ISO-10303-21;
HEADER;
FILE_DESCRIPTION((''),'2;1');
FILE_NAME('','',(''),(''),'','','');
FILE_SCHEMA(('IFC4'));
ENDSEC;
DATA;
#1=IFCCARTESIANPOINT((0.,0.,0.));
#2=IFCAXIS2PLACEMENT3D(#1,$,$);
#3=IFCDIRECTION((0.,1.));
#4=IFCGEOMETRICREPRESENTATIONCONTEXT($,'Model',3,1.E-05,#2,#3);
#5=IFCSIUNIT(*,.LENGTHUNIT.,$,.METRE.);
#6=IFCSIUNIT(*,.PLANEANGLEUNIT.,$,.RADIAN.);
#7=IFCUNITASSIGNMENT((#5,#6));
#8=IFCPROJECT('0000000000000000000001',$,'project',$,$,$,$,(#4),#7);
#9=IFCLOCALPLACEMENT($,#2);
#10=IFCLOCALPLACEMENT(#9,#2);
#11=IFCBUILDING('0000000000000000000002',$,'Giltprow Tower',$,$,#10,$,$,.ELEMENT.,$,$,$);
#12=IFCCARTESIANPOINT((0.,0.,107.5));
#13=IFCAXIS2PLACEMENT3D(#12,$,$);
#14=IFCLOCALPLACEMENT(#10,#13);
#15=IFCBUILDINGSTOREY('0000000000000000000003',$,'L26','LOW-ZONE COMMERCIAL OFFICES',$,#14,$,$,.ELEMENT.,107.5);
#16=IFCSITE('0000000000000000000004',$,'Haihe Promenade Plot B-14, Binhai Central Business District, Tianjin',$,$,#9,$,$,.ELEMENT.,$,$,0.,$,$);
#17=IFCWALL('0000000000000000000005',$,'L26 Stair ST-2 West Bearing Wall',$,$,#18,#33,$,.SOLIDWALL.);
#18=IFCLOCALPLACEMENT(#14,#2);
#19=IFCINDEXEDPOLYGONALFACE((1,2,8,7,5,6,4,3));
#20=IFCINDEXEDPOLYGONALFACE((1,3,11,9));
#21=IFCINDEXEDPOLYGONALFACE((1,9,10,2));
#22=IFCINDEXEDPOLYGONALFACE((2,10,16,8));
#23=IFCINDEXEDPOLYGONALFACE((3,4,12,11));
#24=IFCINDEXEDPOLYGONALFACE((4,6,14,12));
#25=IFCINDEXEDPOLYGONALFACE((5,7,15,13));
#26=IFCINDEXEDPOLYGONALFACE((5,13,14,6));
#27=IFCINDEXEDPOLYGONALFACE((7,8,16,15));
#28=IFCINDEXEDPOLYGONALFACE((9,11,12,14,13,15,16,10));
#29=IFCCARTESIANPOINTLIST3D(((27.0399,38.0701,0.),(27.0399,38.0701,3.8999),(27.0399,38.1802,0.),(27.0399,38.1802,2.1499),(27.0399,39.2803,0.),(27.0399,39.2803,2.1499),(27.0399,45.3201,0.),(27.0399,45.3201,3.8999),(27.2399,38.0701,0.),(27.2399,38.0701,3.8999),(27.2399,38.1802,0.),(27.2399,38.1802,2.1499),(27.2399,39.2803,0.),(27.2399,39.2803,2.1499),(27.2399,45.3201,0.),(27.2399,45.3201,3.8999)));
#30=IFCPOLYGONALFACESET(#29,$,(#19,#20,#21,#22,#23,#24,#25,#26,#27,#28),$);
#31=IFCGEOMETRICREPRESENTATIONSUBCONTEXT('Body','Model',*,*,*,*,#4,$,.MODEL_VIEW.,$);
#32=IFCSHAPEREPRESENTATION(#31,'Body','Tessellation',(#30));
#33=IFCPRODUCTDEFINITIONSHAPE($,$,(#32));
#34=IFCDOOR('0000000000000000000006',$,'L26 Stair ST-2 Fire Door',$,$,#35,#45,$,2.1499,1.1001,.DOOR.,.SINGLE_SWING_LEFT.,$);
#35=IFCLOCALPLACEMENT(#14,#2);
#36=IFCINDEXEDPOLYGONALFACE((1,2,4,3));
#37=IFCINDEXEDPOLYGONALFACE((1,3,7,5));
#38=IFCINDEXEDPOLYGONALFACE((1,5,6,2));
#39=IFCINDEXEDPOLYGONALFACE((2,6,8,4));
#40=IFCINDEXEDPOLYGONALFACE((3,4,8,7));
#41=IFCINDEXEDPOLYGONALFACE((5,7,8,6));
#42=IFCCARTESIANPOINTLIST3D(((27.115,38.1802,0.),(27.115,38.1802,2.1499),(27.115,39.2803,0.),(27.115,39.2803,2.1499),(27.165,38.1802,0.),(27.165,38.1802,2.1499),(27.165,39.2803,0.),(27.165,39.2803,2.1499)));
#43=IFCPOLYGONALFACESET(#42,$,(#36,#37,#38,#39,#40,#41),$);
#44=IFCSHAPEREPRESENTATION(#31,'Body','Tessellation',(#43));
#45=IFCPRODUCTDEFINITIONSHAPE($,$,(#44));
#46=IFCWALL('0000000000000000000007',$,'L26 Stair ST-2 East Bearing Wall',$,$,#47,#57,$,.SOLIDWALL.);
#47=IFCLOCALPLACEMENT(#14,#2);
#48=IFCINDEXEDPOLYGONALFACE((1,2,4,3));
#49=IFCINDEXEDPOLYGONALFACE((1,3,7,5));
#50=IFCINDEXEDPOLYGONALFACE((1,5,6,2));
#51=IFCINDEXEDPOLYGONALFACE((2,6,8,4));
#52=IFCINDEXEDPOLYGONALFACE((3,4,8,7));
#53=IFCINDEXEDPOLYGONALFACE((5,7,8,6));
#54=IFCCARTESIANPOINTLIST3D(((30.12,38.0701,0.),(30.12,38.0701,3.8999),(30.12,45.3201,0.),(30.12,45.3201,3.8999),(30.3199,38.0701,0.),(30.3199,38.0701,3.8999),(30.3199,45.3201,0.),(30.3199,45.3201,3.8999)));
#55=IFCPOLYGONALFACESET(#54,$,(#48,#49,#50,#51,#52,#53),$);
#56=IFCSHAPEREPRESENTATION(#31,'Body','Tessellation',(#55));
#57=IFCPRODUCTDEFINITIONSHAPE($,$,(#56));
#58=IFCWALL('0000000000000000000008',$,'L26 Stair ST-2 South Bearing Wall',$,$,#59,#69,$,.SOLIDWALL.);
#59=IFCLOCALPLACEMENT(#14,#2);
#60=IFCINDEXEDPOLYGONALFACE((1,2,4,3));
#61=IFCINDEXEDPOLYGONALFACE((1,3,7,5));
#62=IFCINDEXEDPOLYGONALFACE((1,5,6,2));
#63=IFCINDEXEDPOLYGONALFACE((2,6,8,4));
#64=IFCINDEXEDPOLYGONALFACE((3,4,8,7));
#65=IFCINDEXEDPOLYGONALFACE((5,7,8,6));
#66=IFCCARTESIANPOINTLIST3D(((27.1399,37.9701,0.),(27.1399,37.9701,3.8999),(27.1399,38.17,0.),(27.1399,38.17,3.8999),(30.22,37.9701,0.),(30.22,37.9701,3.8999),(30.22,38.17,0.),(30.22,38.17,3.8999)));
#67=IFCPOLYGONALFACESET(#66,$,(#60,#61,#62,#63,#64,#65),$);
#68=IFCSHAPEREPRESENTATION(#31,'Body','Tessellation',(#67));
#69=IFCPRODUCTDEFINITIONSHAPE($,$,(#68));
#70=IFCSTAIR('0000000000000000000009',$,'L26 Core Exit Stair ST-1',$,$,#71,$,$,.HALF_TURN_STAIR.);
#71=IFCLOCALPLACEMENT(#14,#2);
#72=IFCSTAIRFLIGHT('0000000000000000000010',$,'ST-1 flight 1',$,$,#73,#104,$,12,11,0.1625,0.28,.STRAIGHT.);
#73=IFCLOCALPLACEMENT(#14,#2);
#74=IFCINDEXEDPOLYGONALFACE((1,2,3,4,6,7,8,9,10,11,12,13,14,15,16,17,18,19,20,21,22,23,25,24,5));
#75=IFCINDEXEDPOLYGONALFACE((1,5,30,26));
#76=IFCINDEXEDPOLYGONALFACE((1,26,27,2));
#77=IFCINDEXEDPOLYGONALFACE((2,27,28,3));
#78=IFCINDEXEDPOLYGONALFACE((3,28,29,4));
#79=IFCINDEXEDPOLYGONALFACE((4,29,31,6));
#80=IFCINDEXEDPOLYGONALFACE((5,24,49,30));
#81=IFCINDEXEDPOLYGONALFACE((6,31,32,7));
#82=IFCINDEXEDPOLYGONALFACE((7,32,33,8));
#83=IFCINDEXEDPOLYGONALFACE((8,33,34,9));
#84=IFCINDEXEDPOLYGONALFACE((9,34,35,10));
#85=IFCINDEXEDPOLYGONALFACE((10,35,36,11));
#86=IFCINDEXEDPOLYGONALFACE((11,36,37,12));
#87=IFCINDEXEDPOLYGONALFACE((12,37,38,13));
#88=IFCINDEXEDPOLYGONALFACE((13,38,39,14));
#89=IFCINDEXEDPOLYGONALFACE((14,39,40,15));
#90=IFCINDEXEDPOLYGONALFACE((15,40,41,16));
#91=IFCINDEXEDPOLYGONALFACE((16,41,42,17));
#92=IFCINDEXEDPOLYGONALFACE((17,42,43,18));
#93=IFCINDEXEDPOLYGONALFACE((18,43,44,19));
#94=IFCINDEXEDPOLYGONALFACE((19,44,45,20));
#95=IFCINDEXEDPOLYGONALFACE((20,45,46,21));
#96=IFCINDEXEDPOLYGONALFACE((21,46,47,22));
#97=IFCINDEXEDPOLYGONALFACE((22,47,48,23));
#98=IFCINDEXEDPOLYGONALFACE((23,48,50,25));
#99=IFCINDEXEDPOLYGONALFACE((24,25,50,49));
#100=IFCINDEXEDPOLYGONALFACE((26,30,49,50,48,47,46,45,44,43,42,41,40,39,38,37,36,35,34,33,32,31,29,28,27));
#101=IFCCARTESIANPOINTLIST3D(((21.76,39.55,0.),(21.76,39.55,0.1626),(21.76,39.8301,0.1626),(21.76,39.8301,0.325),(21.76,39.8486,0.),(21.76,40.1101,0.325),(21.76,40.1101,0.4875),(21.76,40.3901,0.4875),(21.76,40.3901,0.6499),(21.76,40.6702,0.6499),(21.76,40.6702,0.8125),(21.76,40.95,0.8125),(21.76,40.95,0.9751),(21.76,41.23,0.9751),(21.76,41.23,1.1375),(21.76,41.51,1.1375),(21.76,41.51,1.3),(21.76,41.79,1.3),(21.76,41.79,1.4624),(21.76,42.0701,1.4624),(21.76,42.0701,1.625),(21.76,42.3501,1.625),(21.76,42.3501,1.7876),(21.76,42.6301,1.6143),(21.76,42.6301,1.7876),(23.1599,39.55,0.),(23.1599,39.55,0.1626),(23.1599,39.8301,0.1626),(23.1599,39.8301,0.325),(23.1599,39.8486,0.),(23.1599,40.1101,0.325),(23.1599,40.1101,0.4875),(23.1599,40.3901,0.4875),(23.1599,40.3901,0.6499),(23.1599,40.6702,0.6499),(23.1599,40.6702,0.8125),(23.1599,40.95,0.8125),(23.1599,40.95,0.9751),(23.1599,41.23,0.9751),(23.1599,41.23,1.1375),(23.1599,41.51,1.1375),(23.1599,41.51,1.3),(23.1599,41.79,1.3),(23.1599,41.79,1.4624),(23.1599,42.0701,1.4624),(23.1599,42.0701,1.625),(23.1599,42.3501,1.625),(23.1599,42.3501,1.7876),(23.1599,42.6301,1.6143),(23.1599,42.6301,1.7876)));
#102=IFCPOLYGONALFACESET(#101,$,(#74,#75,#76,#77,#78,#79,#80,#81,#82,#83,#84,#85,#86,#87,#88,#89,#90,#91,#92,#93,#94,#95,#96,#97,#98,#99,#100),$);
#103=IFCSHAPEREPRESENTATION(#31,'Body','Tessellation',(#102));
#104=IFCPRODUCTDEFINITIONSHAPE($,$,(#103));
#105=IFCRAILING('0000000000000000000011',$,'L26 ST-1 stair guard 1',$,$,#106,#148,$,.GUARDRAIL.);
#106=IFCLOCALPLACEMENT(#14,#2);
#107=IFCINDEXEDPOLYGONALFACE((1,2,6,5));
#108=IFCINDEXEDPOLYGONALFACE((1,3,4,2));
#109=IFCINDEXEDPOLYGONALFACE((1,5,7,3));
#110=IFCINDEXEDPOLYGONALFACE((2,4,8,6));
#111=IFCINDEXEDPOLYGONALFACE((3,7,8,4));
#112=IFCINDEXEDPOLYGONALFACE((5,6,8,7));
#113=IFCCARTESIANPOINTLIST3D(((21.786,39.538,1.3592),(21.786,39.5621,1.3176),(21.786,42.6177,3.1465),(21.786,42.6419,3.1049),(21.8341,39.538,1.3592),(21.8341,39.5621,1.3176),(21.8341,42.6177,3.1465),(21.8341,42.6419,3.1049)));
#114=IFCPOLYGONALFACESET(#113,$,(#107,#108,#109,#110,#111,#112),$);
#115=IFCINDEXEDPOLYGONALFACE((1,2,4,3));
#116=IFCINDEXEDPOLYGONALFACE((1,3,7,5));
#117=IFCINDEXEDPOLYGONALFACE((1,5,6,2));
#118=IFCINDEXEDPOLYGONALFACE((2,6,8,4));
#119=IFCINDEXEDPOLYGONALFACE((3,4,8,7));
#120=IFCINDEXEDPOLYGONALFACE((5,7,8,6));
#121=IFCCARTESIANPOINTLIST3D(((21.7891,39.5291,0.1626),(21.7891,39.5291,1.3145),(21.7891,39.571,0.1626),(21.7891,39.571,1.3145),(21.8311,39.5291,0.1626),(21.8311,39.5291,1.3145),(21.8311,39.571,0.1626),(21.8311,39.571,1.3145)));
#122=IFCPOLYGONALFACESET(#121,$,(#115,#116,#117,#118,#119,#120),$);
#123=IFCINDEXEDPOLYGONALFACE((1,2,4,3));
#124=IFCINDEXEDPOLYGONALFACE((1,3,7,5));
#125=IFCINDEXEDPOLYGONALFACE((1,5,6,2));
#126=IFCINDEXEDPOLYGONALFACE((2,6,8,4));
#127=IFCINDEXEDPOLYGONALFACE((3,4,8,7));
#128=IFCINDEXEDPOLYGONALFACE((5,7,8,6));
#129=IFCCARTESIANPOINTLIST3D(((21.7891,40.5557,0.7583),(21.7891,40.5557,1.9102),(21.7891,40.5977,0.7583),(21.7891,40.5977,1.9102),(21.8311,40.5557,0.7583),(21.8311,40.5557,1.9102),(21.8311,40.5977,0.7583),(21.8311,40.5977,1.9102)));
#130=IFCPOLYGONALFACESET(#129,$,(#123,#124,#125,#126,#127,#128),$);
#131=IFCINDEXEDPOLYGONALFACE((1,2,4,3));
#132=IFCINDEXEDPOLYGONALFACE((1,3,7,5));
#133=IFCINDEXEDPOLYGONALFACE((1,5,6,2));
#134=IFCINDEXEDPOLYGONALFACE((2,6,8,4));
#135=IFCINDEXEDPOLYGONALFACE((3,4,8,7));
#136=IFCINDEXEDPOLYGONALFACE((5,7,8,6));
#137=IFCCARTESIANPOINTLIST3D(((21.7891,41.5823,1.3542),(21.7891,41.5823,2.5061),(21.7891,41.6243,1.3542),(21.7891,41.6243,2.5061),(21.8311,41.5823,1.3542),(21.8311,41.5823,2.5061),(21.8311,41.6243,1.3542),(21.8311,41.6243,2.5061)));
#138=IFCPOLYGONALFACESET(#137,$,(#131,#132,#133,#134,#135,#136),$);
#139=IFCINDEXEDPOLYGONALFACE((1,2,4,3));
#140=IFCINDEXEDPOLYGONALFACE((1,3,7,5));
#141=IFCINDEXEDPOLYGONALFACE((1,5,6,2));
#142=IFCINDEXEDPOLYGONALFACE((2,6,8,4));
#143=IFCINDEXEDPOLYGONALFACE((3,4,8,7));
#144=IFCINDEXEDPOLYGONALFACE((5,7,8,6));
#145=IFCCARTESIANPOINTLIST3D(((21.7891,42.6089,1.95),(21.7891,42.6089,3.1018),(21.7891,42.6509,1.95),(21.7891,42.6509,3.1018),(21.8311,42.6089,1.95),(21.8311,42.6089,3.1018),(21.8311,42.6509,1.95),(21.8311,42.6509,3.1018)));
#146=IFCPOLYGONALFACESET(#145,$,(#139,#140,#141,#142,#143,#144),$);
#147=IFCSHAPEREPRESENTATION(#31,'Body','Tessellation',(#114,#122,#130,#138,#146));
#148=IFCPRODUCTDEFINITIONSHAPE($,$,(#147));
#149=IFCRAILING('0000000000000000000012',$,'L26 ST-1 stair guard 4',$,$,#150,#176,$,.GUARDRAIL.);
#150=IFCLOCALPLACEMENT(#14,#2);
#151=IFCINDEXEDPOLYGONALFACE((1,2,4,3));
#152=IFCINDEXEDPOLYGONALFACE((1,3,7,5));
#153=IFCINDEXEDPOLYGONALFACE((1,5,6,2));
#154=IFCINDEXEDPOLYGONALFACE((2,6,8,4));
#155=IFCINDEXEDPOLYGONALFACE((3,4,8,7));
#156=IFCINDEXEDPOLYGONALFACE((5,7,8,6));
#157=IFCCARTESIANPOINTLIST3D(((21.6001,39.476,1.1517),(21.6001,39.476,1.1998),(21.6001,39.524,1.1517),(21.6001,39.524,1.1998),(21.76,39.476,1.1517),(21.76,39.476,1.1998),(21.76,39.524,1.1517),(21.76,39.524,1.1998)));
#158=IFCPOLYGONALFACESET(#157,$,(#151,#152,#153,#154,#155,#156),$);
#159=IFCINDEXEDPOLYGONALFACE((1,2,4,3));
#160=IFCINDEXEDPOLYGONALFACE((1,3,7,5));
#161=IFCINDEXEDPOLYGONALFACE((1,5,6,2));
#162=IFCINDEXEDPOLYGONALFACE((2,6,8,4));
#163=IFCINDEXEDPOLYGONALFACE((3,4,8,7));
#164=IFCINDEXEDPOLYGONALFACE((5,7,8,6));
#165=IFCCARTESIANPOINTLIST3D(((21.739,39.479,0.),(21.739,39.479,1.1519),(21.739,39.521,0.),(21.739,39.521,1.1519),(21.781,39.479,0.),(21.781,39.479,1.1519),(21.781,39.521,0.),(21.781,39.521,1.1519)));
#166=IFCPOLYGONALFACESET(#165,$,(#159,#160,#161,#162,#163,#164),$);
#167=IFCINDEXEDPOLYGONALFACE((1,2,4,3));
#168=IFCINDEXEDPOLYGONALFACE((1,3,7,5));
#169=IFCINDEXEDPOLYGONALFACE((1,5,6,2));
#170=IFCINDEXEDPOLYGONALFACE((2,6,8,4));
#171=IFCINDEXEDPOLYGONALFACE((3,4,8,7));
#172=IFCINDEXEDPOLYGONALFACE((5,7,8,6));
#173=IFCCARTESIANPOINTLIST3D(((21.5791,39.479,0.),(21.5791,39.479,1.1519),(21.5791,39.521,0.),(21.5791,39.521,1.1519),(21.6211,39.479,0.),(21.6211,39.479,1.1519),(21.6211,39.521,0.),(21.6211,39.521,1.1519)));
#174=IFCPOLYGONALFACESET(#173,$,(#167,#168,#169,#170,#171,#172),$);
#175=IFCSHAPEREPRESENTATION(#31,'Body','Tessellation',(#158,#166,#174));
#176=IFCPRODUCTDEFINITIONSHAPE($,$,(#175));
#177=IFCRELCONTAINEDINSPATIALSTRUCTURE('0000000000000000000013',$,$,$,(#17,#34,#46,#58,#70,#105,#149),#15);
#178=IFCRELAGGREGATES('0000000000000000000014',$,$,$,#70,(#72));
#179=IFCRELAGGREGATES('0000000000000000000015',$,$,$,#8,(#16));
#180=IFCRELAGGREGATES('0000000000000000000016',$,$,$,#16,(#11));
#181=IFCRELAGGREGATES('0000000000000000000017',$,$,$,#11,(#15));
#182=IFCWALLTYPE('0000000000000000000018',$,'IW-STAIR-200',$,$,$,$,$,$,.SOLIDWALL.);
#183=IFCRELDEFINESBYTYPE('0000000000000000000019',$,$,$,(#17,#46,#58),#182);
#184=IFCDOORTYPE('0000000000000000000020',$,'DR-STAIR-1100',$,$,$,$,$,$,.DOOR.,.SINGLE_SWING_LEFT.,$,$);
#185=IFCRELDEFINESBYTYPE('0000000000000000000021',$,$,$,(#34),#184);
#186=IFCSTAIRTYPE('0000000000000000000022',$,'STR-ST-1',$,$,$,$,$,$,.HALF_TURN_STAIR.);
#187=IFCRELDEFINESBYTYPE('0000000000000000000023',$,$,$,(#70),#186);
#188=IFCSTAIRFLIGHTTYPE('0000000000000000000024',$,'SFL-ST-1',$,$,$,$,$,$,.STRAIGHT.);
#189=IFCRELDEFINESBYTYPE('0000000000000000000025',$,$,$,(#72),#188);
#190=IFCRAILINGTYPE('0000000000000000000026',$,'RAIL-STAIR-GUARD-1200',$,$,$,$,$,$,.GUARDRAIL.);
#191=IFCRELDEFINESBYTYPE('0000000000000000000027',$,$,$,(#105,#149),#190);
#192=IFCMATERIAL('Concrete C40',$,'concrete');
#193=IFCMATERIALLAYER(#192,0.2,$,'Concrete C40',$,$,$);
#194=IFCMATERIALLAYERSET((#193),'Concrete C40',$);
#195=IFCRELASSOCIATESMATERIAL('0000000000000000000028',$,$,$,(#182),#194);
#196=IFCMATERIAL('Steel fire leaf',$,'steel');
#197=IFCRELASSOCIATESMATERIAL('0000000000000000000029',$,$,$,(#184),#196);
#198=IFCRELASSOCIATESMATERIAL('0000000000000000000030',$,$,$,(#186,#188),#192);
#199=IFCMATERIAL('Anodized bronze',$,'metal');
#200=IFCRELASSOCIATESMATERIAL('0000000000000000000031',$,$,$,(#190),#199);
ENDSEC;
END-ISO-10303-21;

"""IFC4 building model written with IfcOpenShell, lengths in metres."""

from ifc_helpers import new_model, si_unit, direction, frame, frame_2d, origin, origin_2d, place, context, subcontext, project, spatial, polyline, rectangle, outline, extrude, source, transform, mapped, material, layer, layer_set, type_object, element, fill, aggregate, save


model = new_model("IFC4")

# Units and contexts
model_context = context("Model", 3, precision=1e-05, world=origin(), true_north=direction((0.0, 1.0)))
body_context = subcontext(model_context, "Body", "Model", "MODEL_VIEW")
ifc_project = project(units=[si_unit("LENGTHUNIT", "METRE"), si_unit("PLANEANGLEUNIT", "RADIAN")], contexts=[model_context])

# Site, building, storey
site_placement = place(None, origin())
site = spatial("IfcSite", under=ifc_project, at=site_placement, Name="Haihe Promenade Plot B-14, Binhai Central Business District, Tianjin", CompositionType="ELEMENT", RefElevation=0.0)
building_placement = place(site_placement, origin())
building = spatial("IfcBuilding", under=site, at=building_placement, Name="Giltprow Tower", CompositionType="ELEMENT")
storey_placement = place(building_placement, frame((0.0, 0.0, 107.5)))
storey = spatial("IfcBuildingStorey", under=building, at=storey_placement, Name="L26", Description="LOW-ZONE COMMERCIAL OFFICES", CompositionType="ELEMENT", Elevation=107.5)

# Wall, opening, door
ifc_material_1 = material(Name="Concrete C40", Category="concrete")
ifc_layer_1 = layer(ifc_material_1, 0.2, Name="Concrete C40")
ifc_layer_set_1 = layer_set([ifc_layer_1], Name="Concrete C40")
wall_type_1 = type_object("IfcWallType", Name="IW-STAIR-200", PredefinedType="SOLIDWALL", material=ifc_layer_set_1)
ifc_material_2 = material(Name="Steel fire leaf", Category="steel")
door_type_1 = type_object("IfcDoorType", Name="DR-STAIR-1100", OperationType="SINGLE_SWING_LEFT", PredefinedType="DOOR", material=ifc_material_2)
shared_shape_1 = source(origin(), body_context, "Body", "SweptSolid", [
    extrude(rectangle(XDim=1.1001, YDim=2.1499, at=frame_2d((0.55, 1.075))), frame((0.0, 0.0249, 0.0), z_axis=(0.0, -1.0, 0.0), x_axis=(1.0, 0.0, 0.0)), (0.0, 0.0, 1.0), 0.05),
])
wall_1_placement = place(storey_placement, frame((27.1399, 38.0701, 0.0), z_axis=(0.0, 0.0, 1.0), x_axis=(0.0, 1.0, 0.0)))
wall_1 = element("IfcWall", 1, at=wall_1_placement, inside=storey, type_object=wall_type_1, Name="L26 Stair ST-2 West Bearing Wall", PredefinedType="SOLIDWALL", context=body_context, shape_type="SweptSolid", body=[
    extrude(rectangle(XDim=7.25, YDim=0.2, at=frame_2d((3.625, 0.0))), origin(), (0.0, 0.0, 1.0), 3.8999),
])
opening_1_placement = place(wall_1_placement, frame((0.1101, 0.0, 0.0)))
opening_1 = element("IfcOpeningElement", 2, at=opening_1_placement, cuts=wall_1, PredefinedType="OPENING", context=body_context, shape_type="SweptSolid", body=[
    extrude(rectangle(XDim=1.1001, YDim=2.1499, at=frame_2d((0.55, 1.075))), frame((0.0, 0.1099, 0.0), z_axis=(0.0, -1.0, 0.0), x_axis=(1.0, 0.0, 0.0)), (0.0, 0.0, 1.0), 0.22),
])
door_1_placement = place(opening_1_placement, origin())
door_1 = element("IfcDoor", 3, at=door_1_placement, inside=storey, type_object=door_type_1, Name="L26 Stair ST-2 Fire Door", OperationType="SINGLE_SWING_LEFT", OverallHeight=2.1499, OverallWidth=1.1001, PredefinedType="DOOR", context=body_context, shape_type="MappedRepresentation", body=[
    mapped(shared_shape_1, transform((0.0, 0.0, 0.0), x_axis=(1.0, 0.0, 0.0), y_axis=(0.0, 1.0, 0.0), z_axis=(0.0, 0.0, 1.0), scale=1.0)),
])
fill(opening_1, door_1)

# Walls
wall_2_placement = place(storey_placement, frame((30.22, 38.0701, 0.0), z_axis=(0.0, 0.0, 1.0), x_axis=(0.0, 1.0, 0.0)))
element("IfcWall", 4, at=wall_2_placement, inside=storey, type_object=wall_type_1, Name="L26 Stair ST-2 East Bearing Wall", PredefinedType="SOLIDWALL", context=body_context, shape_type="SweptSolid", body=[
    extrude(rectangle(XDim=7.25, YDim=0.2, at=frame_2d((3.625, 0.0))), origin(), (0.0, 0.0, 1.0), 3.8999),
])
wall_3_placement = place(storey_placement, frame((27.1399, 38.0701, 0.0), z_axis=(0.0, 0.0, 1.0), x_axis=(1.0, 0.0, 0.0)))
element("IfcWall", 5, at=wall_3_placement, inside=storey, type_object=wall_type_1, Name="L26 Stair ST-2 South Bearing Wall", PredefinedType="SOLIDWALL", context=body_context, shape_type="SweptSolid", body=[
    extrude(rectangle(XDim=3.0801, YDim=0.2, at=frame_2d((1.54, 0.0))), origin(), (0.0, 0.0, 1.0), 3.8999),
])

# Stair, stair flight
stair_type = type_object("IfcStairType", Name="STR-ST-1", PredefinedType="HALF_TURN_STAIR", material=ifc_material_1)
stair_placement = place(storey_placement, origin())
stair = element("IfcStair", 6, at=stair_placement, inside=storey, type_object=stair_type, Name="L26 Core Exit Stair ST-1", PredefinedType="HALF_TURN_STAIR")
stair_flight_type = type_object("IfcStairFlightType", Name="SFL-ST-1", PredefinedType="STRAIGHT", material=ifc_material_1)
stair_flight_placement = place(storey_placement, frame((22.46, 39.55, 0.0), z_axis=(0.0, 0.0, 1.0), x_axis=(0.0, 1.0, 0.0)))
stair_flight = element("IfcStairFlight", 7, at=stair_flight_placement, type_object=stair_flight_type, Name="ST-1 flight 1", NumberOfRisers=12, NumberOfTreads=11, PredefinedType="STRAIGHT", RiserHeight=0.1625, TreadLength=0.28, context=body_context, shape_type="SweptSolid", body=[
    extrude(outline(polyline([(0.0, 0.0), (0.0, 0.1626), (0.28, 0.1626), (0.28, 0.325), (0.5601, 0.325), (0.5601, 0.4875), (0.8401, 0.4875), (0.8401, 0.6499), (1.1201, 0.6499), (1.1201, 0.8125), (1.3999, 0.8125), (1.3999, 0.9751), (1.6799, 0.9751), (1.6799, 1.1375), (1.96, 1.1375), (1.96, 1.3), (2.24, 1.3), (2.24, 1.4624), (2.52, 1.4624), (2.52, 1.625), (2.8, 1.625), (2.8, 1.7876), (3.0801, 1.7876), (3.0801, 1.95), (3.0801, 1.6143), (0.2986, 0.0), (0.0, 0.0)])), frame((0.0, 0.7, 0.0), z_axis=(0.0, -1.0, 0.0), x_axis=(1.0, 0.0, 0.0)), (0.0, 0.0, 1.0), 1.3999),
])
aggregate(stair, [stair_flight])

# Railings
ifc_material_3 = material(Name="Anodized bronze", Category="metal")
railing_type_1 = type_object("IfcRailingType", Name="RAIL-STAIR-GUARD-1200", PredefinedType="GUARDRAIL", material=ifc_material_3)
railing_1_placement = place(storey_placement, frame((21.8101, 39.55, 0.1626)))
element("IfcRailing", 8, at=railing_1_placement, inside=storey, type_object=railing_type_1, Name="L26 ST-1 stair guard 1", PredefinedType="GUARDRAIL", context=body_context, shape_type="SweptSolid", body=[
    extrude(rectangle(XDim=0.0481, YDim=0.0481, at=origin_2d()), frame((0.0, 0.0, 1.1758), z_axis=(0.0, 0.864903, 0.501939), x_axis=(-1.0, 0.0, 0.0)), (0.0, 0.0, 1.0), 3.5608),
    extrude(rectangle(XDim=0.042, YDim=0.042, at=origin_2d()), origin(), (0.0, 0.0, 1.0), 1.1519),
    extrude(rectangle(XDim=0.042, YDim=0.042, at=origin_2d()), frame((0.0, 1.0266, 0.5957)), (0.0, 0.0, 1.0), 1.1519),
    extrude(rectangle(XDim=0.042, YDim=0.042, at=origin_2d()), frame((0.0, 2.0532, 1.1917)), (0.0, 0.0, 1.0), 1.1519),
    extrude(rectangle(XDim=0.042, YDim=0.042, at=origin_2d()), frame((0.0, 3.0798, 1.7874)), (0.0, 0.0, 1.0), 1.1519),
])
railing_2_placement = place(storey_placement, frame((21.76, 39.5, 0.0)))
element("IfcRailing", 9, at=railing_2_placement, inside=storey, type_object=railing_type_1, Name="L26 ST-1 stair guard 4", PredefinedType="GUARDRAIL", context=body_context, shape_type="SweptSolid", body=[
    extrude(rectangle(XDim=0.0481, YDim=0.0481, at=origin_2d()), frame((0.0, 0.0, 1.1758), z_axis=(-1.0, 0.0, 0.0), x_axis=(0.0, -1.0, 0.0)), (0.0, 0.0, 1.0), 0.1599),
    extrude(rectangle(XDim=0.042, YDim=0.042, at=origin_2d()), origin(), (0.0, 0.0, 1.0), 1.1519),
    extrude(rectangle(XDim=0.042, YDim=0.042, at=origin_2d()), frame((-0.1599, 0.0, 0.0)), (0.0, 0.0, 1.0), 1.1519),
])

save(model, "model.ifc")
